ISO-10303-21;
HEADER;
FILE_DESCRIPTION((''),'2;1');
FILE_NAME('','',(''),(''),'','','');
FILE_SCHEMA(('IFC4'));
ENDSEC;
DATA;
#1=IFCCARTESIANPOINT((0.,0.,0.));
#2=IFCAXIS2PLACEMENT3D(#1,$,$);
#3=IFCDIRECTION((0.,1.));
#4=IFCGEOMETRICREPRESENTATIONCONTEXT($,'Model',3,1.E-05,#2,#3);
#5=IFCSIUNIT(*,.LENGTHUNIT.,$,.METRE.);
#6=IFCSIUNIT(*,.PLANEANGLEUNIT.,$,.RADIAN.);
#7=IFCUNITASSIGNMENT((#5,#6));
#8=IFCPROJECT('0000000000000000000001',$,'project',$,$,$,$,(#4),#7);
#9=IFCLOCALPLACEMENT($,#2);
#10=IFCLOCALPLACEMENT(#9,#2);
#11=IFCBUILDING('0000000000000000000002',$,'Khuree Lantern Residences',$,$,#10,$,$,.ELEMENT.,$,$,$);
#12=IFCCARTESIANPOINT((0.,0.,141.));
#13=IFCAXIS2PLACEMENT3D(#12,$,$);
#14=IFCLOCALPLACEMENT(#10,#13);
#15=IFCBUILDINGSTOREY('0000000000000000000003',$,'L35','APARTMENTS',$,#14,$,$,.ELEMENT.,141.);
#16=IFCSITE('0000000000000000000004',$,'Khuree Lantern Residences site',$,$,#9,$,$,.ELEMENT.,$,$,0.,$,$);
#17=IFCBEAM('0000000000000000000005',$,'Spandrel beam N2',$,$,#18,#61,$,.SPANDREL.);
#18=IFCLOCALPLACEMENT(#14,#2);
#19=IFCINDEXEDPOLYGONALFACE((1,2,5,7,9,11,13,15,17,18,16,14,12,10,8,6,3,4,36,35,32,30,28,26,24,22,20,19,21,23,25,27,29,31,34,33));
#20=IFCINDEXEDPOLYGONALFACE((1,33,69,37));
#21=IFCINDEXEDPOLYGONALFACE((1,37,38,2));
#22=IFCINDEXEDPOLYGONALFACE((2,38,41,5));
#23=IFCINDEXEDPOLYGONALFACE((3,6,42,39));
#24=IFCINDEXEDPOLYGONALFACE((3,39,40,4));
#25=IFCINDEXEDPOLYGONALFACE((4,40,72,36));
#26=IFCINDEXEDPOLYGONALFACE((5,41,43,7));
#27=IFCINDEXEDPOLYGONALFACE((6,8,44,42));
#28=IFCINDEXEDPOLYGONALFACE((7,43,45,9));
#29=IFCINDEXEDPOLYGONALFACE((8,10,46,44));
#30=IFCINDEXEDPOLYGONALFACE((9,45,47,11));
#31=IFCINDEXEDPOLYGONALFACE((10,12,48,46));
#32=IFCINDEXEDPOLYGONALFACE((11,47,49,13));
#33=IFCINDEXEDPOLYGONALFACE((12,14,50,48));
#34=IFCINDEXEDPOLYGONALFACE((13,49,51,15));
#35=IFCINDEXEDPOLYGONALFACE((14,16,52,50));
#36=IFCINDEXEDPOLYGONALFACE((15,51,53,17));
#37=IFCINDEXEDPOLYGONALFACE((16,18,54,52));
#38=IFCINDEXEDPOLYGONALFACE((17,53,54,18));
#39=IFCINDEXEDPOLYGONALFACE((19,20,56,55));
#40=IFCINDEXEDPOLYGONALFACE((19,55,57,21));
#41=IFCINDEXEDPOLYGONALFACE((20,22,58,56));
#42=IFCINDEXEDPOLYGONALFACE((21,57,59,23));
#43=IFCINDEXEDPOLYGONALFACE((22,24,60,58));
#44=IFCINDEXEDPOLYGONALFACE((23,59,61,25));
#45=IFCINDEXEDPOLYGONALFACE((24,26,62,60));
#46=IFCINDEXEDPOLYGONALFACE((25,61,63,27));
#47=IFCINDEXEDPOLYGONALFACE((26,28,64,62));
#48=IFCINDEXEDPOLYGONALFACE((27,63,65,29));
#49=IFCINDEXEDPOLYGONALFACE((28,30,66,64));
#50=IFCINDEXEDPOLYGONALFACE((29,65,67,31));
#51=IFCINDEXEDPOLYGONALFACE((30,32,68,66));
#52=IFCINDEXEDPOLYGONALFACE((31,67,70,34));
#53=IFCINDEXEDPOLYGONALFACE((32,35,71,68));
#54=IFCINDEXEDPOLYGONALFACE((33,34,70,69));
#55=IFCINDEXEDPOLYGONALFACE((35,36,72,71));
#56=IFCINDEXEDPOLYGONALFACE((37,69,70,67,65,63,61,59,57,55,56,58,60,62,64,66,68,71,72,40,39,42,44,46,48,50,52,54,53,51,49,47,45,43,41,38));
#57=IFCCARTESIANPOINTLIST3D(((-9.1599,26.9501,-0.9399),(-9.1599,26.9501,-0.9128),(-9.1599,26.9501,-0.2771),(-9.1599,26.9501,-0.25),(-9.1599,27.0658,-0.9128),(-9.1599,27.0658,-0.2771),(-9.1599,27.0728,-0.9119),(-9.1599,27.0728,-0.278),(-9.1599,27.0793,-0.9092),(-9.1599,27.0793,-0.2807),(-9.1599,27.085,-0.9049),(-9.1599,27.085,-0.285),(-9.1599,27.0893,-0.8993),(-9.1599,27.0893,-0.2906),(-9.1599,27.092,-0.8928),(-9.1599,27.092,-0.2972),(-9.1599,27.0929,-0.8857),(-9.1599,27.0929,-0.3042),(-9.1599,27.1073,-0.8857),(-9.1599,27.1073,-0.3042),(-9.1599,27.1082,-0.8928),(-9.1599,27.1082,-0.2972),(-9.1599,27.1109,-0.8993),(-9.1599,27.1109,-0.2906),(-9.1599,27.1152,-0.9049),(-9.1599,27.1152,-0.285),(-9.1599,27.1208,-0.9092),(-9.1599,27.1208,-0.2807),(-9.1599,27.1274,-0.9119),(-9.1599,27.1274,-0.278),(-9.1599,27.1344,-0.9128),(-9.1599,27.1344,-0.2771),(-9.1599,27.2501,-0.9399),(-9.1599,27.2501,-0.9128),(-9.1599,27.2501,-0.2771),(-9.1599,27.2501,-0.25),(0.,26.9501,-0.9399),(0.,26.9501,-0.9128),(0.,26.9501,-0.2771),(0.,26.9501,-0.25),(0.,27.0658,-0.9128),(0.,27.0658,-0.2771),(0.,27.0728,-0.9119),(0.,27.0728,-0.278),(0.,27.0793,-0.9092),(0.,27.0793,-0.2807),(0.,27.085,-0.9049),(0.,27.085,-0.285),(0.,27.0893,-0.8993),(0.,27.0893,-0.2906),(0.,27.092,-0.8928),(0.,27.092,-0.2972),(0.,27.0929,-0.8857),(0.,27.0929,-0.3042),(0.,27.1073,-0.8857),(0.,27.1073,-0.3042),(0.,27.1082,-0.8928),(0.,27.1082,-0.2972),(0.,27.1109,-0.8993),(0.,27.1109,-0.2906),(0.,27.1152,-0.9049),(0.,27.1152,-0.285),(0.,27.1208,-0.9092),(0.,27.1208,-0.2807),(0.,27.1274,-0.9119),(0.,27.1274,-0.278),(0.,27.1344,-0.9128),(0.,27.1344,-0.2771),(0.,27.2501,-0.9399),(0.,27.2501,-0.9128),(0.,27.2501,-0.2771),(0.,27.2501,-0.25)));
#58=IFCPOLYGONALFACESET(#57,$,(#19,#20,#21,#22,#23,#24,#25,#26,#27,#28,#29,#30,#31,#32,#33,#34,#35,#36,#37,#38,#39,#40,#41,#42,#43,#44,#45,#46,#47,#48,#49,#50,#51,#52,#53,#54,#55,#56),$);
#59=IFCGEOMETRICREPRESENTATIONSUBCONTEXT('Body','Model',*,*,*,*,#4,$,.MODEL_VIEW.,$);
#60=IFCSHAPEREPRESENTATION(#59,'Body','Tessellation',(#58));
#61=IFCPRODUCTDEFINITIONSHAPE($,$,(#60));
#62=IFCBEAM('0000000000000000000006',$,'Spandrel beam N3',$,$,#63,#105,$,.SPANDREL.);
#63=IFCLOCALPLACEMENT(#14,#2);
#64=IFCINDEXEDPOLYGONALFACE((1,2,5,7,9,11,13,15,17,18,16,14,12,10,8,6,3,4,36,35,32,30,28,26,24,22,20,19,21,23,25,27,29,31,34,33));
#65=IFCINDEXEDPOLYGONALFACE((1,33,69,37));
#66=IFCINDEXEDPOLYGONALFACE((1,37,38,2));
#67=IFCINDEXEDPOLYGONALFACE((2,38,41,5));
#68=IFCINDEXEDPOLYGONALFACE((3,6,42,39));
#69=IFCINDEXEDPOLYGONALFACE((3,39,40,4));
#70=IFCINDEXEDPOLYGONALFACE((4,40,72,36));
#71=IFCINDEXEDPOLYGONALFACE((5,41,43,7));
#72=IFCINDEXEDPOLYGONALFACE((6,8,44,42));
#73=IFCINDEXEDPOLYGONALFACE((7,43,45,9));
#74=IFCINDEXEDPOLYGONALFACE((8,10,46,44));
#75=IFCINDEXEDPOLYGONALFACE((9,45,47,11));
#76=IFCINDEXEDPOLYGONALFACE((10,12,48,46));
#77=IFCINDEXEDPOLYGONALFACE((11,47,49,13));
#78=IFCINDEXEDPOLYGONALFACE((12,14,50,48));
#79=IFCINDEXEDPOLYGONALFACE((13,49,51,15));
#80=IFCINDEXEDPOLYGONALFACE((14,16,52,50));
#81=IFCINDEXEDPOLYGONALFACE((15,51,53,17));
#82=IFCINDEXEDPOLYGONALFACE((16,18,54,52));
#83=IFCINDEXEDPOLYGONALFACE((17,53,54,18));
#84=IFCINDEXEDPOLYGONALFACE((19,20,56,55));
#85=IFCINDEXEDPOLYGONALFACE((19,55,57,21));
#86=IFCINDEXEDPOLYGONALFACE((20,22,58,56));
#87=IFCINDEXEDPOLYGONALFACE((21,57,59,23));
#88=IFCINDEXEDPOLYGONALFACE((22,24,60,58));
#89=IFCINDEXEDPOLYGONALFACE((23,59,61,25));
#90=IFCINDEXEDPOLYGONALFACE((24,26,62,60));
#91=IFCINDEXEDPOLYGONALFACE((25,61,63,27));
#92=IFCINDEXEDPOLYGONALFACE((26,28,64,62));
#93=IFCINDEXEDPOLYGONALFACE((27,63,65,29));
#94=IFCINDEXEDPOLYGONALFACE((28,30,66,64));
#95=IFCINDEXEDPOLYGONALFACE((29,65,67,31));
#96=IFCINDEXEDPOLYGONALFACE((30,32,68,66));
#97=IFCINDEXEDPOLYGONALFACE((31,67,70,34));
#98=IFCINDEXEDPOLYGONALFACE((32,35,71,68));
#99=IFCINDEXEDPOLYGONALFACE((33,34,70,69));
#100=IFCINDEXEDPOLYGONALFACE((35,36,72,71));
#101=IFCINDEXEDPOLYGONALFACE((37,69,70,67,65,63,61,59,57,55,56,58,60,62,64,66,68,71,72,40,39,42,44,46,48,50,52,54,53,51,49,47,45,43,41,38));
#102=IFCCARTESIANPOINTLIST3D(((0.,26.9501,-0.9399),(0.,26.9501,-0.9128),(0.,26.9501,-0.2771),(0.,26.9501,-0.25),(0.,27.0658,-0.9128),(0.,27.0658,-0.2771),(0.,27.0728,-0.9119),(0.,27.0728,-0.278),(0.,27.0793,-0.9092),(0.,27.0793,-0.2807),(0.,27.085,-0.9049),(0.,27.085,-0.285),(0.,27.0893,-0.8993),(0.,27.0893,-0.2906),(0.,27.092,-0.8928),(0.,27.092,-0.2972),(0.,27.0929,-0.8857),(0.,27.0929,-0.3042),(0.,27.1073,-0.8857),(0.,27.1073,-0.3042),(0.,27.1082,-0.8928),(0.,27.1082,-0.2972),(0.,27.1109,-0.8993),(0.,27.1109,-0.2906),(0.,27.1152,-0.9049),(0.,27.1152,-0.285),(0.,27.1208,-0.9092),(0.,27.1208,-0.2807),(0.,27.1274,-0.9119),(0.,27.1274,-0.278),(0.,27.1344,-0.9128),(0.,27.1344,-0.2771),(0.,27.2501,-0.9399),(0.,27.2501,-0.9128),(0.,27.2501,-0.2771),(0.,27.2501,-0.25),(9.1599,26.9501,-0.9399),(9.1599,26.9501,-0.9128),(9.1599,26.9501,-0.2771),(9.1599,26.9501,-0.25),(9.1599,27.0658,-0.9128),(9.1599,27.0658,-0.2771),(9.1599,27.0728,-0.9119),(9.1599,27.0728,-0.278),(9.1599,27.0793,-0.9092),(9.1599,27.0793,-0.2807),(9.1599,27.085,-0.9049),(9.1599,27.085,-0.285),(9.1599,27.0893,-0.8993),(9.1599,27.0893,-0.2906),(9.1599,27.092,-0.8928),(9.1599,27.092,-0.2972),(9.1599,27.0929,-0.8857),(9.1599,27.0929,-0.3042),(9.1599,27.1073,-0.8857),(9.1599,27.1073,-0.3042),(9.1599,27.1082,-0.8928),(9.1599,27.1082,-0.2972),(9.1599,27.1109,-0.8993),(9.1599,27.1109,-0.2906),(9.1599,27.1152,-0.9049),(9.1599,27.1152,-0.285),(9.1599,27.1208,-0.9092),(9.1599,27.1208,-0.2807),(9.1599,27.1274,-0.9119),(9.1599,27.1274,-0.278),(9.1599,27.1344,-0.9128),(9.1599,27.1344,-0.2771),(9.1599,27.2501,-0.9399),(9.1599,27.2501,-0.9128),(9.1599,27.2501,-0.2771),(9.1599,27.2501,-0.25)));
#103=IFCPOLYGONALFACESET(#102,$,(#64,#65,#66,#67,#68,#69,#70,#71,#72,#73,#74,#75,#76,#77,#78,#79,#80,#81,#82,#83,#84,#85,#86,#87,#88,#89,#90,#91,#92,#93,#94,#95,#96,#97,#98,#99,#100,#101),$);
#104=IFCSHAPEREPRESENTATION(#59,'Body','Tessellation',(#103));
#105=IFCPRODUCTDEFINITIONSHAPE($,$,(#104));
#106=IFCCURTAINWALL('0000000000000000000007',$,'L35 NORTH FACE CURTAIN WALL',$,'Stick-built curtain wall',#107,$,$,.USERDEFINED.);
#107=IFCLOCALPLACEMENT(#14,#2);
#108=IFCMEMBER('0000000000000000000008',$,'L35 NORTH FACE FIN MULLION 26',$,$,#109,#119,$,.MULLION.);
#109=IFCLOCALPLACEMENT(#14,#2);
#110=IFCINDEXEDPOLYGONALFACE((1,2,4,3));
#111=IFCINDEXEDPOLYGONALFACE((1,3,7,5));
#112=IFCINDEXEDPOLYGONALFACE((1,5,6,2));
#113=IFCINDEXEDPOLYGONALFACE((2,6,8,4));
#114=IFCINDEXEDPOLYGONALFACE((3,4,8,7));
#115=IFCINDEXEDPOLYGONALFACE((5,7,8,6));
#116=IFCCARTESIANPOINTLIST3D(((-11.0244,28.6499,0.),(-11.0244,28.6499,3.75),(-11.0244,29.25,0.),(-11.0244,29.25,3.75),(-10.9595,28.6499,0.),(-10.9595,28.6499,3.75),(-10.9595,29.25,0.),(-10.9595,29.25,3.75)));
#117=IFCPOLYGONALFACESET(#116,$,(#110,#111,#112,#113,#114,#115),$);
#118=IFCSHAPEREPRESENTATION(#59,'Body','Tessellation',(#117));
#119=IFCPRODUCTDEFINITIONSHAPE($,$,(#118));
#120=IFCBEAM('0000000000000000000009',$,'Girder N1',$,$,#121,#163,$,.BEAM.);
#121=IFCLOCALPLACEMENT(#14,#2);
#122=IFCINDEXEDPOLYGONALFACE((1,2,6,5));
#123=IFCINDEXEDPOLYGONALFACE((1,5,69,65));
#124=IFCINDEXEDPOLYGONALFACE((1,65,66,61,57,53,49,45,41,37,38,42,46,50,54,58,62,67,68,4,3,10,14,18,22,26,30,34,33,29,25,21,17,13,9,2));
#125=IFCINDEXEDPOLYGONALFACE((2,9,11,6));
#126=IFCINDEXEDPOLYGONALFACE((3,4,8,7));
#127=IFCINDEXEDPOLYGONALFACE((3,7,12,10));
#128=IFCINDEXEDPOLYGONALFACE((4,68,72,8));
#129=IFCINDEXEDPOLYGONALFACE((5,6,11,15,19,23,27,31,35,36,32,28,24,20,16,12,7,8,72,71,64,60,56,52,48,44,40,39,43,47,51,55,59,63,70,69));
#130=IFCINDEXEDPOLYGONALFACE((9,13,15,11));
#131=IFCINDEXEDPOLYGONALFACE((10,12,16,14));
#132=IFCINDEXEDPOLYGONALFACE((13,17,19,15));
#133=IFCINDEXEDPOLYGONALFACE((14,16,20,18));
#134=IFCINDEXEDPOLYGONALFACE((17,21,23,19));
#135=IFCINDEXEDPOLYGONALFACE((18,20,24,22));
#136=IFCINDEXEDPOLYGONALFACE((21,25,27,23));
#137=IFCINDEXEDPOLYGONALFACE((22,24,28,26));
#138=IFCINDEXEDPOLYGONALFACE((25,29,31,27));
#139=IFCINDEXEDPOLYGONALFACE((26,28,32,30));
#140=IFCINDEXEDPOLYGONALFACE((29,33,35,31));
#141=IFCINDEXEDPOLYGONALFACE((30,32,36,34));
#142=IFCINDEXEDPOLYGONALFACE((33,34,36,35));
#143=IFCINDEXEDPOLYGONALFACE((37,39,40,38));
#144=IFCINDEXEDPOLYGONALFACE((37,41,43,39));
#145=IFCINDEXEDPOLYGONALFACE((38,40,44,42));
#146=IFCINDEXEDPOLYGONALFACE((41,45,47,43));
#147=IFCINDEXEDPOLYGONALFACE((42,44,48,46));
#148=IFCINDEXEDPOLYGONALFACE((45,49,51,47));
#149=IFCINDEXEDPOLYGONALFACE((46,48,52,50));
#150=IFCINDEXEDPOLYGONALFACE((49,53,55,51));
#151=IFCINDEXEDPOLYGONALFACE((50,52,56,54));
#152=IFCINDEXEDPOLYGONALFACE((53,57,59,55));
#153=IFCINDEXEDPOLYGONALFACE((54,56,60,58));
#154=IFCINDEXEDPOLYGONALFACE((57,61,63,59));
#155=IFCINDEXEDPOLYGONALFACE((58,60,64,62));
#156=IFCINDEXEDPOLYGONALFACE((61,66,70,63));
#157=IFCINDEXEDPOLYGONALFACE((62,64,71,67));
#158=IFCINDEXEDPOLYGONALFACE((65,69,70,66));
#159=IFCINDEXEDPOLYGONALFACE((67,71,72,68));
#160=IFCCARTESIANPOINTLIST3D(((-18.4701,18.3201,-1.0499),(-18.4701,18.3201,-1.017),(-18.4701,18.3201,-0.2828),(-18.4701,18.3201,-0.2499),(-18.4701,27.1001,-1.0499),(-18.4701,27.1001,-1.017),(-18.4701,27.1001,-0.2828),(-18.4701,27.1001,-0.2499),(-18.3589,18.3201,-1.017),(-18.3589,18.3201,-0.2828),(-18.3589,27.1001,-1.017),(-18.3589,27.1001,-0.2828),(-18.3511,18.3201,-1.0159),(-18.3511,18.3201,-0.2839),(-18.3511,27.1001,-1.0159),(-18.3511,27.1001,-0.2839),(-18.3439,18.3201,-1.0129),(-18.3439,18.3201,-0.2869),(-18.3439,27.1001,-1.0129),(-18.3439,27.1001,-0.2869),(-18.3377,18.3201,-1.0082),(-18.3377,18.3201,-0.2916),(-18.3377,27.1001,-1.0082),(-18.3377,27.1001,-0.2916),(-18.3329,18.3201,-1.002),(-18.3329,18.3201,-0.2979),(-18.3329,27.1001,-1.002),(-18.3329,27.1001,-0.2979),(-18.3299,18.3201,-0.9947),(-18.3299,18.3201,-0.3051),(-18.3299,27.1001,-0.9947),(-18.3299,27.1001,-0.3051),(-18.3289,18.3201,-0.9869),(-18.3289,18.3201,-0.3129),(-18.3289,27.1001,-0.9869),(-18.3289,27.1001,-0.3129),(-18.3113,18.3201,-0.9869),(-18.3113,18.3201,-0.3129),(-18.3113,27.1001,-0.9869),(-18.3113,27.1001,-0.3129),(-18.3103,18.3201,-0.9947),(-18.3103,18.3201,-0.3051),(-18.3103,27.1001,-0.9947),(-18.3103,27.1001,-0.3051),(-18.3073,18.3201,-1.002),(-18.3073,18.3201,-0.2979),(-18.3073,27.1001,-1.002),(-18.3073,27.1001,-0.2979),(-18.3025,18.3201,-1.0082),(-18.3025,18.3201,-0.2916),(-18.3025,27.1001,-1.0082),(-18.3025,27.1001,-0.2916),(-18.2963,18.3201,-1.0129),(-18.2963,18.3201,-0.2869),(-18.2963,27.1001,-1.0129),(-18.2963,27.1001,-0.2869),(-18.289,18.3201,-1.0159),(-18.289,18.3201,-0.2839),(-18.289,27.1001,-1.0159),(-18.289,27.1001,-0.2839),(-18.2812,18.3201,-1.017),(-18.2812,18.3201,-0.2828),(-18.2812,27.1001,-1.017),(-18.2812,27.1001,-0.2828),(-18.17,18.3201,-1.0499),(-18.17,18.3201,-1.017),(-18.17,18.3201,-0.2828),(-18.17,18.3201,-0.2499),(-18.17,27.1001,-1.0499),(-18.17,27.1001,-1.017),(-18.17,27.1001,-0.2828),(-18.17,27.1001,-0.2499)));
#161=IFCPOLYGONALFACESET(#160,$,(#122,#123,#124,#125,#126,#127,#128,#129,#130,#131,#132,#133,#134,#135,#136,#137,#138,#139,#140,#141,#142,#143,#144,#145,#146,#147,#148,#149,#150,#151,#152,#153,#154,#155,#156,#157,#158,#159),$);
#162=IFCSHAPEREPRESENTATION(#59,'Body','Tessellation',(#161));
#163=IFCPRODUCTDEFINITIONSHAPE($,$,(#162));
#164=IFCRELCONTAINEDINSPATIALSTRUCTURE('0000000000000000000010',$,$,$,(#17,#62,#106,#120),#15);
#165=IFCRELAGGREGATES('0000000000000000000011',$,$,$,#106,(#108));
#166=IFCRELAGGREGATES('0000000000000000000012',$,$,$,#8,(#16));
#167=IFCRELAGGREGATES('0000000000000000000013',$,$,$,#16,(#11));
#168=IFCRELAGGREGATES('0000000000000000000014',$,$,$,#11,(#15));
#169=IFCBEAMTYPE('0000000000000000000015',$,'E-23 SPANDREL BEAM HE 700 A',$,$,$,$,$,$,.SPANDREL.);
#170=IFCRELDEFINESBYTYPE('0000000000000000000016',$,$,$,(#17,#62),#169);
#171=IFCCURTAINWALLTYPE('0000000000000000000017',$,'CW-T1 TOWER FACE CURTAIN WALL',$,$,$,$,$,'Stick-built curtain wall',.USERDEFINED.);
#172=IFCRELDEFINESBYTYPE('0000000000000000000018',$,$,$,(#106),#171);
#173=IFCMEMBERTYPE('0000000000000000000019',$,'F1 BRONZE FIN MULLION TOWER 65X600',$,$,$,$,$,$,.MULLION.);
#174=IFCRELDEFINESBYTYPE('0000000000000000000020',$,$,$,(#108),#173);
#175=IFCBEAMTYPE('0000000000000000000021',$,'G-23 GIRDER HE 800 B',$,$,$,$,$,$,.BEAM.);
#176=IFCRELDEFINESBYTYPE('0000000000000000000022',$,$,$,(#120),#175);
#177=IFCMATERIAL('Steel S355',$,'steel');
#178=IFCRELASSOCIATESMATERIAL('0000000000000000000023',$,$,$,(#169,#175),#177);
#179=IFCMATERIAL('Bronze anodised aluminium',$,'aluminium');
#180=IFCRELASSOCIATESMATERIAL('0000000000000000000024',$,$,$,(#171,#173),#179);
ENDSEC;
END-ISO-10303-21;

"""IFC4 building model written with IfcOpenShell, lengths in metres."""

from ifc_helpers import new_model, si_unit, direction, frame, origin, origin_2d, place, context, subcontext, project, spatial, rectangle, i_section, extrude, material, material_profile, profile_set, type_object, element, aggregate, save


model = new_model("IFC4")

# Units and contexts
model_context = context("Model", 3, precision=1e-05, world=origin(), true_north=direction((0.0, 1.0)))
body_context = subcontext(model_context, "Body", "Model", "MODEL_VIEW")
ifc_project = project(units=[si_unit("LENGTHUNIT", "METRE"), si_unit("PLANEANGLEUNIT", "RADIAN")], contexts=[model_context])

# Site, building, storey
site_placement = place(None, origin())
site = spatial("IfcSite", under=ifc_project, at=site_placement, Name="Khuree Lantern Residences site", CompositionType="ELEMENT", RefElevation=0.0)
building_placement = place(site_placement, origin())
building = spatial("IfcBuilding", under=site, at=building_placement, Name="Khuree Lantern Residences", CompositionType="ELEMENT")
storey_placement = place(building_placement, frame((0.0, 0.0, 141.0)))
storey = spatial("IfcBuildingStorey", under=building, at=storey_placement, Name="L35", Description="APARTMENTS", CompositionType="ELEMENT", Elevation=141.0)

# Beams
ifc_material_1 = material(Name="Steel S355", Category="steel")
ifc_material_profile_1 = material_profile(ifc_material_1, i_section(OverallWidth=0.3, OverallDepth=0.6899, WebThickness=0.0144, FlangeThickness=0.0271, FilletRadius=0.0271, at=origin_2d()), Name="HE 700 A")
ifc_profile_set_1 = profile_set([ifc_material_profile_1], Name="Steel S355")
beam_type_1 = type_object("IfcBeamType", Name="E-23 SPANDREL BEAM HE 700 A", PredefinedType="SPANDREL", material=ifc_profile_set_1)
for number, where, z_axis, x_axis, name in (
    (1, (-9.1599, 27.1001, -0.595), (1.0, 0.0, 0.0), (0.0, 1.0, 0.0), "Spandrel beam N2"),
    (2, (0.0, 27.1001, -0.595), (1.0, 0.0, 0.0), (0.0, 1.0, 0.0), "Spandrel beam N3"),
):
    element("IfcBeam", number, at=place(storey_placement, frame(where, z_axis=z_axis, x_axis=x_axis)), inside=storey, type_object=beam_type_1, Name=name, PredefinedType="SPANDREL", context=body_context, shape_type="SweptSolid", body=[
        extrude(i_section(OverallWidth=0.3, OverallDepth=0.6899, WebThickness=0.0144, FlangeThickness=0.0271, FilletRadius=0.0271, at=origin_2d()), origin(), (0.0, 0.0, 1.0), 9.1599),
    ])

# Curtain wall, member
ifc_material_2 = material(Name="Bronze anodised aluminium", Category="aluminium")
curtain_wall_type = type_object("IfcCurtainWallType", Name="CW-T1 TOWER FACE CURTAIN WALL", ElementType="Stick-built curtain wall", PredefinedType="USERDEFINED", material=ifc_material_2)
curtain_wall_placement = place(storey_placement, origin())
curtain_wall = element("IfcCurtainWall", 3, at=curtain_wall_placement, inside=storey, type_object=curtain_wall_type, Name="L35 NORTH FACE CURTAIN WALL", ObjectType="Stick-built curtain wall", PredefinedType="USERDEFINED")
ifc_material_profile_2 = material_profile(ifc_material_2, rectangle(XDim=0.0649, YDim=0.6001, at=origin_2d()), Name="F1 65X600")
ifc_profile_set_2 = profile_set([ifc_material_profile_2], Name="Bronze anodised aluminium")
member_type_1 = type_object("IfcMemberType", Name="F1 BRONZE FIN MULLION TOWER 65X600", PredefinedType="MULLION", material=ifc_profile_set_2)
member_1_placement = place(storey_placement, frame((-10.9919, 28.95, 0.0), z_axis=(0.0, 0.0, 1.0), x_axis=(-1.0, 0.0, 0.0)))
member_1 = element("IfcMember", 4, at=member_1_placement, type_object=member_type_1, Name="L35 NORTH FACE FIN MULLION 26", PredefinedType="MULLION", context=body_context, shape_type="SweptSolid", body=[
    extrude(rectangle(XDim=0.0649, YDim=0.6001, at=origin_2d()), origin(), (0.0, 0.0, 1.0), 3.75),
])

# Beam
ifc_material_profile_3 = material_profile(ifc_material_1, i_section(OverallWidth=0.3, OverallDepth=0.8, WebThickness=0.0176, FlangeThickness=0.033, FilletRadius=0.03, at=origin_2d()), Name="HE 800 B")
ifc_profile_set_3 = profile_set([ifc_material_profile_3], Name="Steel S355")
beam_type_2 = type_object("IfcBeamType", Name="G-23 GIRDER HE 800 B", PredefinedType="BEAM", material=ifc_profile_set_3)
beam_1_placement = place(storey_placement, frame((-18.3201, 27.1001, -0.6499), z_axis=(0.0, -1.0, 0.0), x_axis=(1.0, 0.0, 0.0)))
element("IfcBeam", 5, at=beam_1_placement, inside=storey, type_object=beam_type_2, Name="Girder N1", PredefinedType="BEAM", context=body_context, shape_type="SweptSolid", body=[
    extrude(i_section(OverallWidth=0.3, OverallDepth=0.8, WebThickness=0.0176, FlangeThickness=0.033, FilletRadius=0.03, at=origin_2d()), origin(), (0.0, 0.0, 1.0), 8.78),
])

aggregate(curtain_wall, [member_1])

save(model, "model.ifc")
